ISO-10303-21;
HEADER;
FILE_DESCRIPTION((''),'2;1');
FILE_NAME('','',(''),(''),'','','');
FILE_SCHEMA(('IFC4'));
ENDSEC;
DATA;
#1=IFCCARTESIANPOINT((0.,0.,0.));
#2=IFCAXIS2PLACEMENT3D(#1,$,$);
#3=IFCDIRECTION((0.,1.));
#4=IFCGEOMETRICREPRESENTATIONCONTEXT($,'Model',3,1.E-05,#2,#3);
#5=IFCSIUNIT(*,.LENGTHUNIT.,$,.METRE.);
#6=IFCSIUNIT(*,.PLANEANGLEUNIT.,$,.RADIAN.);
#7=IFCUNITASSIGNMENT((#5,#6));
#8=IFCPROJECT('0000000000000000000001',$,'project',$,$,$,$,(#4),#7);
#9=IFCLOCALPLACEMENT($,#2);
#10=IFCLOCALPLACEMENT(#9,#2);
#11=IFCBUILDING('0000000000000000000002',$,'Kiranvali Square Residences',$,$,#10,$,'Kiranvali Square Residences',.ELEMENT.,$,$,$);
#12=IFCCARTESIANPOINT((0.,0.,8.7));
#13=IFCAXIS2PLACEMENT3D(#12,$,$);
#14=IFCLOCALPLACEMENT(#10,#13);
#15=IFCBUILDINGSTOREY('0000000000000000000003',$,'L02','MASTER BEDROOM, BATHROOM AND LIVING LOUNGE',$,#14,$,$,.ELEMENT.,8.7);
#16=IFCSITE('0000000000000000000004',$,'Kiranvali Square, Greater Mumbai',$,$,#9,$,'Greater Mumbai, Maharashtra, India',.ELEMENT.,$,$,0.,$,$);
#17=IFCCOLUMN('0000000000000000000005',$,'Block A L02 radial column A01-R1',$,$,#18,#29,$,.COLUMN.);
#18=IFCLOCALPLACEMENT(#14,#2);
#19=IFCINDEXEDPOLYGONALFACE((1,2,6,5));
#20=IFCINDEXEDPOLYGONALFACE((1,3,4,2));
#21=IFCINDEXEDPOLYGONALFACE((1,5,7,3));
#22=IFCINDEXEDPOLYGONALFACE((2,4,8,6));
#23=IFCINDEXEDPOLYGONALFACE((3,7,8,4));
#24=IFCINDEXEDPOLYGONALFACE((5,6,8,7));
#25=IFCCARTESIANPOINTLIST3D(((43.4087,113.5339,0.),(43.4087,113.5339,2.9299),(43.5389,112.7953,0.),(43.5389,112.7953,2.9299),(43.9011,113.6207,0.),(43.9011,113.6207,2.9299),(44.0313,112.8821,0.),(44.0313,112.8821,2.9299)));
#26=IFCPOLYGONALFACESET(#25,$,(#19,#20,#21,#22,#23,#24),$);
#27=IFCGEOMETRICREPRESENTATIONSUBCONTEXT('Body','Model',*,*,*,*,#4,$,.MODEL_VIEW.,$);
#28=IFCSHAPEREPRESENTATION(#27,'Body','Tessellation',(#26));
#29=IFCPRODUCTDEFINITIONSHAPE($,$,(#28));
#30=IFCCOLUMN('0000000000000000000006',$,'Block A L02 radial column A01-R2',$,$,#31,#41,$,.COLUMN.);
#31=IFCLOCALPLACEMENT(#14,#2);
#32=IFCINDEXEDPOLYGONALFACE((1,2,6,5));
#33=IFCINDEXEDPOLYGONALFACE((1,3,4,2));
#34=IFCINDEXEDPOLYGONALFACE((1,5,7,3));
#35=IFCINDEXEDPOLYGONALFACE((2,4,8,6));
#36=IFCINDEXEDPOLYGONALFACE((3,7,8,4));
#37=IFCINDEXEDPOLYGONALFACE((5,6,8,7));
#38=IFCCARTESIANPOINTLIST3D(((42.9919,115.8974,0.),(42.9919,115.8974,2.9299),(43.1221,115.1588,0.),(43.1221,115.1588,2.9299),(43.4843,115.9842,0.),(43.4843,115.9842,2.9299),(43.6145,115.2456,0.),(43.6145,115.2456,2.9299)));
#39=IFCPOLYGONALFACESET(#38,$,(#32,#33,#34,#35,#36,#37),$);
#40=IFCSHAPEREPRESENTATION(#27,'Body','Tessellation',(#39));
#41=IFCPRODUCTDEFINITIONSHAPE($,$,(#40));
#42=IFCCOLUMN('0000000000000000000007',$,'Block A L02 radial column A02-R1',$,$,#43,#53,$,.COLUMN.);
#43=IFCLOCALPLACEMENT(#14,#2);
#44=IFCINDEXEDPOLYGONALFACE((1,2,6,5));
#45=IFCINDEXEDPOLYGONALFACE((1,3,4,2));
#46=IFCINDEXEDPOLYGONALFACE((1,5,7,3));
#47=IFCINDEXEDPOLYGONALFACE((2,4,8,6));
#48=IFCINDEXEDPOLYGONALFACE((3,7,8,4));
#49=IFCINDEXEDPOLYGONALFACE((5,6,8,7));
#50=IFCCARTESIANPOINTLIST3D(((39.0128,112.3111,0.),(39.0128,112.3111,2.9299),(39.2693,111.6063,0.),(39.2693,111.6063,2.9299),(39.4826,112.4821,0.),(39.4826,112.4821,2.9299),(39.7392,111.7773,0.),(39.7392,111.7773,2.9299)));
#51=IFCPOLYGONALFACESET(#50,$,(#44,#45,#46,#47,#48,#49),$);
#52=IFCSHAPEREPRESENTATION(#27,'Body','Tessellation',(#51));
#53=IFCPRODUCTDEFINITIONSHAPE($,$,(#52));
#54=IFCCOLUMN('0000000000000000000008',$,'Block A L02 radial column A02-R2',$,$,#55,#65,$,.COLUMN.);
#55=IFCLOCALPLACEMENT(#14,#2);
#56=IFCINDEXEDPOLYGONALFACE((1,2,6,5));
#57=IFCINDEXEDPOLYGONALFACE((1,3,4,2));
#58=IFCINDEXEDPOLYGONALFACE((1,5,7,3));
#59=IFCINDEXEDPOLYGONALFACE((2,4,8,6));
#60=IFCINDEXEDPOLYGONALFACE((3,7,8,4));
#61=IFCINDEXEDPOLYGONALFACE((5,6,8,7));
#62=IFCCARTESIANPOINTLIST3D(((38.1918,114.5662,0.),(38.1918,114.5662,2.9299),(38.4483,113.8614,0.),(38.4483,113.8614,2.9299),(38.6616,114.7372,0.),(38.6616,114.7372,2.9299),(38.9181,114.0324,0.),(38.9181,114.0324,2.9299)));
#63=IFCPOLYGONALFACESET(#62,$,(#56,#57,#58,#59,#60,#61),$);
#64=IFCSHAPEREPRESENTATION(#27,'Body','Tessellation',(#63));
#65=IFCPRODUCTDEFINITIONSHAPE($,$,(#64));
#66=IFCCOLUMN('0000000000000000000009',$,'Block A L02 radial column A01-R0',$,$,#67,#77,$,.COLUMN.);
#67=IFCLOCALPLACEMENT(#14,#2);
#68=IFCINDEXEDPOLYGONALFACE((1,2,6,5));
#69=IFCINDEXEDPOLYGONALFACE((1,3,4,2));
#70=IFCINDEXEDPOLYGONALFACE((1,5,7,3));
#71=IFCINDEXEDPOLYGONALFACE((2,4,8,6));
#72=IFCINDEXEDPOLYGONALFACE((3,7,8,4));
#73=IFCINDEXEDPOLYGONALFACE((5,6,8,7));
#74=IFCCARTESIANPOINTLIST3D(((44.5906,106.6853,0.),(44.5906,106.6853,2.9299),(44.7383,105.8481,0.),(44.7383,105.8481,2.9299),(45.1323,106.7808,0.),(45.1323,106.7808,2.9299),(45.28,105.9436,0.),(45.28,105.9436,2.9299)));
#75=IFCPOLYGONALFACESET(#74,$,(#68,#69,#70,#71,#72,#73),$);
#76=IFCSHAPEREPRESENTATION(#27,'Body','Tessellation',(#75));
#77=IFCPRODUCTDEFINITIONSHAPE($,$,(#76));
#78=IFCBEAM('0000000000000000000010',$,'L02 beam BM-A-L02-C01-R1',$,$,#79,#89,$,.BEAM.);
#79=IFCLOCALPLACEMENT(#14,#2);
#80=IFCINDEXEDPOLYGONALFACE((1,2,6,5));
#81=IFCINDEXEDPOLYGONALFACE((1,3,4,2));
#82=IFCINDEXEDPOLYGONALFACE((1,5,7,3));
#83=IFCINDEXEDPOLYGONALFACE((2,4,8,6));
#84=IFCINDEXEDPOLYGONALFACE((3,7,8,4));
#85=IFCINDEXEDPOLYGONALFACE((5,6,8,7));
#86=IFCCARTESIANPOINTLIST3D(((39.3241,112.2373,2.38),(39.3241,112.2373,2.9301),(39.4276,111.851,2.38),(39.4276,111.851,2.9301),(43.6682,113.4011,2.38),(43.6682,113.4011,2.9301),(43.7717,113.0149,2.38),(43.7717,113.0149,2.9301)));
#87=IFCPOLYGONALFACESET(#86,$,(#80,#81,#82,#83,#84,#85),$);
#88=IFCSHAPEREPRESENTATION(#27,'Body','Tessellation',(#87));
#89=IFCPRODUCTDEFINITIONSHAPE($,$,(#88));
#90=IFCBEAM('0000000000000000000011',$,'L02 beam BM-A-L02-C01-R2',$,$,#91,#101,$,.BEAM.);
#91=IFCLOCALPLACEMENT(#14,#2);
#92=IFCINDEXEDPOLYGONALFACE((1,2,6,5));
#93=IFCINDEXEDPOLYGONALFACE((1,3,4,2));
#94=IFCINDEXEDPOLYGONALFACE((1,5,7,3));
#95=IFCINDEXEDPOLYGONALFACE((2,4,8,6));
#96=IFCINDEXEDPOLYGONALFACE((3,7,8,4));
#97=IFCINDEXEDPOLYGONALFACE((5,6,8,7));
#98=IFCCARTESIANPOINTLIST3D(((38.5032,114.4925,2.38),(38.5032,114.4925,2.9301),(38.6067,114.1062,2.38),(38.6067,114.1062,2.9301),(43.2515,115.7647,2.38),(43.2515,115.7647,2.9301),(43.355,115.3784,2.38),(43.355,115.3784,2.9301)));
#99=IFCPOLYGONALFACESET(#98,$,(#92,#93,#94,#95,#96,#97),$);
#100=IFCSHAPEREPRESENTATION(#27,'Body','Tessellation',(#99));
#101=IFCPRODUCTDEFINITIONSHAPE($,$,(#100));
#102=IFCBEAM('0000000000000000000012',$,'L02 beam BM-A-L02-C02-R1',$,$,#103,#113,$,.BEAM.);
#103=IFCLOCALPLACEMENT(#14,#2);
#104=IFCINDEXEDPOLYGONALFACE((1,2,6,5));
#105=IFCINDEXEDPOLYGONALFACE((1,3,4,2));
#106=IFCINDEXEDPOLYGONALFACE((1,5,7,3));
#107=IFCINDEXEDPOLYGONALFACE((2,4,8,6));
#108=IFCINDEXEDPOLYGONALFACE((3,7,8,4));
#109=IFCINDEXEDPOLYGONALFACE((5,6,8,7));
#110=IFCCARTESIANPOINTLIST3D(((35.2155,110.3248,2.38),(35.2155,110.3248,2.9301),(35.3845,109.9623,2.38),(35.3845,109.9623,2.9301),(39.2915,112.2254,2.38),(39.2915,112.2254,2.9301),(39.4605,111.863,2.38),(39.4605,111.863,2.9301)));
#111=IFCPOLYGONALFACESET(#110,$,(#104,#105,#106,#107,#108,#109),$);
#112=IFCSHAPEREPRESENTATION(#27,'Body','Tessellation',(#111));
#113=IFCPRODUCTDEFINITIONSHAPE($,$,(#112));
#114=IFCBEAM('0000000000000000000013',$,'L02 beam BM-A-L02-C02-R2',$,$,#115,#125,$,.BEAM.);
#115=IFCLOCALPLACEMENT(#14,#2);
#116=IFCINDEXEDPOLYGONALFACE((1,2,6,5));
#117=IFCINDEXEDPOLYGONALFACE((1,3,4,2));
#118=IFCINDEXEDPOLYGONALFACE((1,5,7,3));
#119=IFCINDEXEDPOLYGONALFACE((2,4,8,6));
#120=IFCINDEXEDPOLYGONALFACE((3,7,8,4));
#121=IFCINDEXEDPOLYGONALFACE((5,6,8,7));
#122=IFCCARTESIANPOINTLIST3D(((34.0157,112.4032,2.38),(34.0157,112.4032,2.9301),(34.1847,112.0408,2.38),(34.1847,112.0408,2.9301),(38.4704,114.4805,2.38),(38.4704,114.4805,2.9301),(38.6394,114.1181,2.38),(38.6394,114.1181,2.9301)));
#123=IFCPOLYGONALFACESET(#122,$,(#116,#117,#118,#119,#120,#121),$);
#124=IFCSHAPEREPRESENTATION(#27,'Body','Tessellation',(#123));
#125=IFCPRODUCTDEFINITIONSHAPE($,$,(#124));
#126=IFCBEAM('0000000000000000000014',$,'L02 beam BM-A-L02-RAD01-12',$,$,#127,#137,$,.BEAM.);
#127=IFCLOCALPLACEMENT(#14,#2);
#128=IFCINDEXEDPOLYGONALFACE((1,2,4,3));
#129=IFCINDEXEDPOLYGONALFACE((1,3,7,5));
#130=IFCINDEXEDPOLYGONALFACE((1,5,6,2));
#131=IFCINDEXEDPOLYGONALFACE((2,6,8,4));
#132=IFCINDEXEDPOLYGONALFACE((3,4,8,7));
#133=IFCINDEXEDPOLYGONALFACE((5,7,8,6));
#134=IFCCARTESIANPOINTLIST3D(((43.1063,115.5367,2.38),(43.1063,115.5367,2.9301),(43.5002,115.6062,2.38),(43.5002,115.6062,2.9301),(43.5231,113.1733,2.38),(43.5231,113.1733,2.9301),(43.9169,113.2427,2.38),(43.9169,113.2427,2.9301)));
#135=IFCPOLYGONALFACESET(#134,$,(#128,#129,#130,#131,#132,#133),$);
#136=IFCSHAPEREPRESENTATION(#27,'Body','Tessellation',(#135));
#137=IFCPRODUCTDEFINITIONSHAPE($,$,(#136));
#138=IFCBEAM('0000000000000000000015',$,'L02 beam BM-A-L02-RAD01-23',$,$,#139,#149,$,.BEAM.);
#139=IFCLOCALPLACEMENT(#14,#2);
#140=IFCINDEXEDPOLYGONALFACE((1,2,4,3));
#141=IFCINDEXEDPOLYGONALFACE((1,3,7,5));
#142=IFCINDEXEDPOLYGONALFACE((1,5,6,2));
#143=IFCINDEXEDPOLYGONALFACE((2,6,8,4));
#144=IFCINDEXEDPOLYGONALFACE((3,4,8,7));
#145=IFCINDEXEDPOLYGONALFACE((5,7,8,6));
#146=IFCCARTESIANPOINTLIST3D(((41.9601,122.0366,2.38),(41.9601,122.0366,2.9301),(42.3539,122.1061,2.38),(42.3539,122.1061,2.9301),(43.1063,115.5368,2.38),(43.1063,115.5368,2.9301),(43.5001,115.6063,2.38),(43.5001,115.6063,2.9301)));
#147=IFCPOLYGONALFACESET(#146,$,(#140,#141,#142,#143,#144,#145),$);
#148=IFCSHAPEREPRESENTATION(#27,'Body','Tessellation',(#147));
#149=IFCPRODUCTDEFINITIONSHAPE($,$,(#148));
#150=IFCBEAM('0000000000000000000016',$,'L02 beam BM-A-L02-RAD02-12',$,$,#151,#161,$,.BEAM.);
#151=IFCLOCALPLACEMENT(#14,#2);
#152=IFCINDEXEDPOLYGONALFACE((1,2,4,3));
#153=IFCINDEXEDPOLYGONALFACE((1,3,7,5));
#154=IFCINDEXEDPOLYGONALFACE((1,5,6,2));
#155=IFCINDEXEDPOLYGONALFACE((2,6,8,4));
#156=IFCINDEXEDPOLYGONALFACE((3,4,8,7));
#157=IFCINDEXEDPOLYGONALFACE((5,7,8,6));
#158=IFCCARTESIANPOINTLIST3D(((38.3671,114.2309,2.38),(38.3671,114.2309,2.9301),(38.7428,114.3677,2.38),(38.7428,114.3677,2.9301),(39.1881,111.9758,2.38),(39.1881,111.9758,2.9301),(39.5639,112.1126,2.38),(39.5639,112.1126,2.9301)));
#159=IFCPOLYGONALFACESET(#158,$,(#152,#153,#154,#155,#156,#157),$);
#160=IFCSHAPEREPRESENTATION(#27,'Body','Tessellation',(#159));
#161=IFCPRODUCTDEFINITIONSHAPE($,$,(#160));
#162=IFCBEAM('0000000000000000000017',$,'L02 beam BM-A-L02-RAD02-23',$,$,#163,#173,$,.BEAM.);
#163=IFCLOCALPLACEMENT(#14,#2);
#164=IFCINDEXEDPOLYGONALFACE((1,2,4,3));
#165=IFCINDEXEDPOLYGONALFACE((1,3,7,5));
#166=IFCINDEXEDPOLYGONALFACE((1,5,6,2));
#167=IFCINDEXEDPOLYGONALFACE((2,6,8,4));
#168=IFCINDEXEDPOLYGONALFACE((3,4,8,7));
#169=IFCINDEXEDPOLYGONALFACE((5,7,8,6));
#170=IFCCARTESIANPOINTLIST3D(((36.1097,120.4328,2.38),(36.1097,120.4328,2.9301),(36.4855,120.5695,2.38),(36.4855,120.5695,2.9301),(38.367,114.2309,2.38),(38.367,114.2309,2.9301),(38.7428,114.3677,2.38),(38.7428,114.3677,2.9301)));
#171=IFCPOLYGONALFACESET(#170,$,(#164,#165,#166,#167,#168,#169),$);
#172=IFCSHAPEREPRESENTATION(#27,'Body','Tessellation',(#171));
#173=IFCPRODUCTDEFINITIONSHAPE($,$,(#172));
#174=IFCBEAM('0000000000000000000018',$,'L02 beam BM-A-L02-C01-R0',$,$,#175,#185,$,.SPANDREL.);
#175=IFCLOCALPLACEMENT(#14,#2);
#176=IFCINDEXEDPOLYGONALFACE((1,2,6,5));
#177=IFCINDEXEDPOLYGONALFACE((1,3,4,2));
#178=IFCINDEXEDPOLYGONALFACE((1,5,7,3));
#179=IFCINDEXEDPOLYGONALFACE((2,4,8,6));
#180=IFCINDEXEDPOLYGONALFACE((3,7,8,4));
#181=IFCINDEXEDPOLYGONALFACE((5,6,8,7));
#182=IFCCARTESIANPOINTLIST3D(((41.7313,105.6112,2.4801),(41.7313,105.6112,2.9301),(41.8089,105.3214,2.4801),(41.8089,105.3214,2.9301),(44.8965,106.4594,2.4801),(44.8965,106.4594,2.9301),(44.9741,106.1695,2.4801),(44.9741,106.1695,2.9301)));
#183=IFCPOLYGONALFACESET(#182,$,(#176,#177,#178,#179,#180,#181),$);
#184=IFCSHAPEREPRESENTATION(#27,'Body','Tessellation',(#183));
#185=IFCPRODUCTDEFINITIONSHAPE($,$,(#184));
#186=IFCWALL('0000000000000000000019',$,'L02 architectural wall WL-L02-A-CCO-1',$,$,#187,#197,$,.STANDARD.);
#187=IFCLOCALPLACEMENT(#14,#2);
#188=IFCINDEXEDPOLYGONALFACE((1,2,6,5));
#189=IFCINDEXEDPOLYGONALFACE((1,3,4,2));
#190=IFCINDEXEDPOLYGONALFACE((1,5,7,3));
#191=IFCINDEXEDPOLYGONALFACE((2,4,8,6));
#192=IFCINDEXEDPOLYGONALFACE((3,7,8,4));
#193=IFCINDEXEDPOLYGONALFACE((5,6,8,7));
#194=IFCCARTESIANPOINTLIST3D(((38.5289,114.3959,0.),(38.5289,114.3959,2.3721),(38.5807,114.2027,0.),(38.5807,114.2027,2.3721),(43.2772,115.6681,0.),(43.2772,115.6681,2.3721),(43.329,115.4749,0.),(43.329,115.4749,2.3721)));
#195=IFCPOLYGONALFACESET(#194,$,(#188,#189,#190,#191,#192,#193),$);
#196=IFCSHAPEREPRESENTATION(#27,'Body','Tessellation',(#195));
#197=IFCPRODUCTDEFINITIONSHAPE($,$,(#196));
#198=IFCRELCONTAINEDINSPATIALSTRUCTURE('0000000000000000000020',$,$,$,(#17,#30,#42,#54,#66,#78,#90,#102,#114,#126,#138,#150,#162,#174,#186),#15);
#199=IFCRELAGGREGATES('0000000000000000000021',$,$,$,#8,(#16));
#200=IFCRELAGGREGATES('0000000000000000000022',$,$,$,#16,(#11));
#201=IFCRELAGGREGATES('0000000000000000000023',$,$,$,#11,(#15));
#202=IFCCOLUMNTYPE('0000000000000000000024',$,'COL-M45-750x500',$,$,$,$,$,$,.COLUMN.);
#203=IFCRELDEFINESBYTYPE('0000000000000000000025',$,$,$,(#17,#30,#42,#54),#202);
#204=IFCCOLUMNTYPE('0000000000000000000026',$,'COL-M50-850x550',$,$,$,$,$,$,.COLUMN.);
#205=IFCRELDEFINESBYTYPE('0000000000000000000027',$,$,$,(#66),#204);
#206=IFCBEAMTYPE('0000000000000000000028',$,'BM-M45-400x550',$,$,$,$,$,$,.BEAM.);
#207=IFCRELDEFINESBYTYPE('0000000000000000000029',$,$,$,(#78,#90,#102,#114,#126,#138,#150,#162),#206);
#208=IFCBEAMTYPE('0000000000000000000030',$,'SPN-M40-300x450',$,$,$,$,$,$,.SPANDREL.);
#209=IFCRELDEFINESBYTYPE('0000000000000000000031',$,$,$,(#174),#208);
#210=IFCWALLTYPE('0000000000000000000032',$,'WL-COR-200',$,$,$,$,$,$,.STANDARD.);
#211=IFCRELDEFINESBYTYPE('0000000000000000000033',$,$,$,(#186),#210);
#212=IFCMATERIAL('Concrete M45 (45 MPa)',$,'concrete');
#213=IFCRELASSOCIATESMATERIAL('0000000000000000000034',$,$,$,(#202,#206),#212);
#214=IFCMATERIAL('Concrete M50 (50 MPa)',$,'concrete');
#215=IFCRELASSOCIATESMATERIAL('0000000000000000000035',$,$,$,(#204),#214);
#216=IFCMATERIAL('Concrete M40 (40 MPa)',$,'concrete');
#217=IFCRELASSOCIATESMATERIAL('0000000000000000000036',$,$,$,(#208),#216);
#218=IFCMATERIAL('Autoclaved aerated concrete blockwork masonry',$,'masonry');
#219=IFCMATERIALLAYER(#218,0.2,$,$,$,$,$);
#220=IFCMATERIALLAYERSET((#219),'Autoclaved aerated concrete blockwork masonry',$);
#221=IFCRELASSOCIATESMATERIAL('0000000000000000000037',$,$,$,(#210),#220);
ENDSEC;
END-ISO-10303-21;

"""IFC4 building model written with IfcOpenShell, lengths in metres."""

from ifc_helpers import new_model, si_unit, direction, frame, frame_2d, origin, origin_2d, place, context, subcontext, project, spatial, rectangle, extrude, material, layer, layer_set, material_profile, profile_set, type_object, element, save


model = new_model("IFC4")

# Units and contexts
model_context = context("Model", 3, precision=1e-05, world=origin(), true_north=direction((0.0, 1.0)))
body_context = subcontext(model_context, "Body", "Model", "MODEL_VIEW")
ifc_project = project(units=[si_unit("LENGTHUNIT", "METRE"), si_unit("PLANEANGLEUNIT", "RADIAN")], contexts=[model_context])

# Site, building, storey
site_placement = place(None, origin())
site = spatial("IfcSite", under=ifc_project, at=site_placement, Name="Kiranvali Square, Greater Mumbai", LongName="Greater Mumbai, Maharashtra, India", CompositionType="ELEMENT", RefElevation=0.0)
building_placement = place(site_placement, origin())
building = spatial("IfcBuilding", under=site, at=building_placement, Name="Kiranvali Square Residences", LongName="Kiranvali Square Residences", CompositionType="ELEMENT")
storey_placement = place(building_placement, frame((0.0, 0.0, 8.7)))
storey = spatial("IfcBuildingStorey", under=building, at=storey_placement, Name="L02", Description="MASTER BEDROOM, BATHROOM AND LIVING LOUNGE", CompositionType="ELEMENT", Elevation=8.7)

# Columns
ifc_material_1 = material(Name="Concrete M45 (45 MPa)", Category="concrete")
ifc_material_profile_1 = material_profile(ifc_material_1, rectangle(XDim=0.5, YDim=0.75, at=origin_2d()), Name="RC 750x500")
ifc_profile_set_1 = profile_set([ifc_material_profile_1], Name="Concrete M45 (45 MPa)")
column_type_1 = type_object("IfcColumnType", Name="COL-M45-750x500", PredefinedType="COLUMN", material=ifc_profile_set_1)
for number, where, z_axis, x_axis, name in (
    (1, (43.72, 113.208, 0.0), (0.0, 0.0, 1.0), (0.984808, 0.173648, 0.0), "Block A L02 radial column A01-R1"),
    (2, (43.3032, 115.5715, 0.0), (0.0, 0.0, 1.0), (0.984808, 0.173648, 0.0), "Block A L02 radial column A01-R2"),
    (3, (39.376, 112.0442, 0.0), (0.0, 0.0, 1.0), (0.939693, 0.34202, 0.0), "Block A L02 radial column A02-R1"),
    (4, (38.5549, 114.2993, 0.0), (0.0, 0.0, 1.0), (0.939693, 0.34202, 0.0), "Block A L02 radial column A02-R2"),
):
    element("IfcColumn", number, at=place(storey_placement, frame(where, z_axis=z_axis, x_axis=x_axis)), inside=storey, type_object=column_type_1, Name=name, PredefinedType="COLUMN", context=body_context, shape_type="SweptSolid", body=[
        extrude(rectangle(XDim=0.5, YDim=0.75, at=origin_2d()), origin(), (0.0, 0.0, 1.0), 2.9299),
    ])
ifc_material_2 = material(Name="Concrete M50 (50 MPa)", Category="concrete")
ifc_material_profile_2 = material_profile(ifc_material_2, rectangle(XDim=0.55, YDim=0.8501, at=origin_2d()), Name="RC 850x550")
ifc_profile_set_2 = profile_set([ifc_material_profile_2], Name="Concrete M50 (50 MPa)")
column_type_2 = type_object("IfcColumnType", Name="COL-M50-850x550", PredefinedType="COLUMN", material=ifc_profile_set_2)
column_placement = place(storey_placement, frame((44.9353, 106.3145, 0.0), z_axis=(0.0, 0.0, 1.0), x_axis=(0.984808, 0.173648, 0.0)))
element("IfcColumn", 5, at=column_placement, inside=storey, type_object=column_type_2, Name="Block A L02 radial column A01-R0", PredefinedType="COLUMN", context=body_context, shape_type="SweptSolid", body=[
    extrude(rectangle(XDim=0.55, YDim=0.8501, at=origin_2d()), origin(), (0.0, 0.0, 1.0), 2.9299),
])

# Beams
ifc_material_profile_3 = material_profile(ifc_material_1, rectangle(XDim=0.3999, YDim=0.55, at=origin_2d()), Name="RC 400x550")
ifc_profile_set_3 = profile_set([ifc_material_profile_3], Name="Concrete M45 (45 MPa)")
beam_type_1 = type_object("IfcBeamType", Name="BM-M45-400x550", PredefinedType="BEAM", material=ifc_profile_set_3)
beam_1_placement = place(storey_placement, frame((43.72, 113.208, 2.655), z_axis=(-0.965934, -0.258788, 0.0), x_axis=(0.258788, -0.965934, 0.0)))
element("IfcBeam", 6, at=beam_1_placement, inside=storey, type_object=beam_type_1, Name="L02 beam BM-A-L02-C01-R1", PredefinedType="BEAM", context=body_context, shape_type="SweptSolid", body=[
    extrude(rectangle(XDim=0.3999, YDim=0.55, at=origin_2d()), origin(), (0.0, 0.0, 1.0), 4.4973),
])
beam_2_placement = place(storey_placement, frame((43.3032, 115.5715, 2.655), z_axis=(-0.96593, -0.258803, 0.0), x_axis=(0.258803, -0.96593, 0.0)))
element("IfcBeam", 7, at=beam_2_placement, inside=storey, type_object=beam_type_1, Name="L02 beam BM-A-L02-C01-R2", PredefinedType="BEAM", context=body_context, shape_type="SweptSolid", body=[
    extrude(rectangle(XDim=0.3999, YDim=0.55, at=origin_2d()), origin(), (0.0, 0.0, 1.0), 4.9158),
])
beam_3_placement = place(storey_placement, frame((39.376, 112.0442, 2.655), z_axis=(-0.906308, -0.422618, 0.0), x_axis=(0.422618, -0.906308, 0.0)))
element("IfcBeam", 8, at=beam_3_placement, inside=storey, type_object=beam_type_1, Name="L02 beam BM-A-L02-C02-R1", PredefinedType="BEAM", context=body_context, shape_type="SweptSolid", body=[
    extrude(rectangle(XDim=0.3999, YDim=0.55, at=origin_2d()), origin(), (0.0, 0.0, 1.0), 4.4973),
])
beam_4_placement = place(storey_placement, frame((38.5549, 114.2993, 2.655), z_axis=(-0.906302, -0.42263, 0.0), x_axis=(0.42263, -0.906302, 0.0)))
element("IfcBeam", 9, at=beam_4_placement, inside=storey, type_object=beam_type_1, Name="L02 beam BM-A-L02-C02-R2", PredefinedType="BEAM", context=body_context, shape_type="SweptSolid", body=[
    extrude(rectangle(XDim=0.3999, YDim=0.55, at=origin_2d()), origin(), (0.0, 0.0, 1.0), 4.9153),
])
beam_5_placement = place(storey_placement, frame((43.72, 113.208, 2.655), z_axis=(-0.173646, 0.984808, 0.0), x_axis=(-0.984808, -0.173646, 0.0)))
element("IfcBeam", 10, at=beam_5_placement, inside=storey, type_object=beam_type_1, Name="L02 beam BM-A-L02-RAD01-12", PredefinedType="BEAM", context=body_context, shape_type="SweptSolid", body=[
    extrude(rectangle(XDim=0.3999, YDim=0.55, at=origin_2d()), origin(), (0.0, 0.0, 1.0), 2.3999),
])
beam_6_placement = place(storey_placement, frame((43.3032, 115.5715, 2.655), z_axis=(-0.173671, 0.984804, 0.0), x_axis=(-0.984804, -0.173671, 0.0)))
element("IfcBeam", 11, at=beam_6_placement, inside=storey, type_object=beam_type_1, Name="L02 beam BM-A-L02-RAD01-23", PredefinedType="BEAM", context=body_context, shape_type="SweptSolid", body=[
    extrude(rectangle(XDim=0.3999, YDim=0.55, at=origin_2d()), origin(), (0.0, 0.0, 1.0), 6.6001),
])
beam_7_placement = place(storey_placement, frame((39.376, 112.0442, 2.655), z_axis=(-0.342111, 0.93966, 0.0), x_axis=(-0.93966, -0.342111, 0.0)))
element("IfcBeam", 12, at=beam_7_placement, inside=storey, type_object=beam_type_1, Name="L02 beam BM-A-L02-RAD02-12", PredefinedType="BEAM", context=body_context, shape_type="SweptSolid", body=[
    extrude(rectangle(XDim=0.3999, YDim=0.55, at=origin_2d()), origin(), (0.0, 0.0, 1.0), 2.3999),
])
beam_8_placement = place(storey_placement, frame((38.5549, 114.2993, 2.655), z_axis=(-0.342022, 0.939692, 0.0), x_axis=(-0.939692, -0.342022, 0.0)))
element("IfcBeam", 13, at=beam_8_placement, inside=storey, type_object=beam_type_1, Name="L02 beam BM-A-L02-RAD02-23", PredefinedType="BEAM", context=body_context, shape_type="SweptSolid", body=[
    extrude(rectangle(XDim=0.3999, YDim=0.55, at=origin_2d()), origin(), (0.0, 0.0, 1.0), 6.5999),
])
ifc_material_3 = material(Name="Concrete M40 (40 MPa)", Category="concrete")
ifc_material_profile_4 = material_profile(ifc_material_3, rectangle(XDim=0.3, YDim=0.45, at=origin_2d()), Name="RC 300x450")
ifc_profile_set_4 = profile_set([ifc_material_profile_4], Name="Concrete M40 (40 MPa)")
beam_type_2 = type_object("IfcBeamType", Name="SPN-M40-300x450", PredefinedType="SPANDREL", material=ifc_profile_set_4)
beam_9_placement = place(storey_placement, frame((44.9353, 106.3145, 2.7051), z_axis=(-0.965925, -0.258822, 0.0), x_axis=(0.258822, -0.965925, 0.0)))
element("IfcBeam", 14, at=beam_9_placement, inside=storey, type_object=beam_type_2, Name="L02 beam BM-A-L02-C01-R0", PredefinedType="SPANDREL", context=body_context, shape_type="SweptSolid", body=[
    extrude(rectangle(XDim=0.3, YDim=0.45, at=origin_2d()), origin(), (0.0, 0.0, 1.0), 3.2769),
])

# Shared definitions
ifc_material_4 = material(Name="Autoclaved aerated concrete blockwork masonry", Category="masonry")
ifc_layer_1 = layer(ifc_material_4, 0.2)
ifc_layer_set_1 = layer_set([ifc_layer_1], Name="Autoclaved aerated concrete blockwork masonry")
wall_type_1 = type_object("IfcWallType", Name="WL-COR-200", PredefinedType="STANDARD", material=ifc_layer_set_1)

# Wall
wall_1_placement = place(storey_placement, frame((43.3032, 115.5715, 0.0), z_axis=(0.0, 0.0, 1.0), x_axis=(-0.96593, -0.258803, 0.0)))
element("IfcWall", 15, at=wall_1_placement, inside=storey, type_object=wall_type_1, Name="L02 architectural wall WL-L02-A-CCO-1", PredefinedType="STANDARD", context=body_context, shape_type="SweptSolid", body=[
    extrude(rectangle(XDim=4.9158, YDim=0.2, at=frame_2d((2.458, 0.0))), origin(), (0.0, 0.0, 1.0), 2.3721),
])

save(model, "model.ifc")
